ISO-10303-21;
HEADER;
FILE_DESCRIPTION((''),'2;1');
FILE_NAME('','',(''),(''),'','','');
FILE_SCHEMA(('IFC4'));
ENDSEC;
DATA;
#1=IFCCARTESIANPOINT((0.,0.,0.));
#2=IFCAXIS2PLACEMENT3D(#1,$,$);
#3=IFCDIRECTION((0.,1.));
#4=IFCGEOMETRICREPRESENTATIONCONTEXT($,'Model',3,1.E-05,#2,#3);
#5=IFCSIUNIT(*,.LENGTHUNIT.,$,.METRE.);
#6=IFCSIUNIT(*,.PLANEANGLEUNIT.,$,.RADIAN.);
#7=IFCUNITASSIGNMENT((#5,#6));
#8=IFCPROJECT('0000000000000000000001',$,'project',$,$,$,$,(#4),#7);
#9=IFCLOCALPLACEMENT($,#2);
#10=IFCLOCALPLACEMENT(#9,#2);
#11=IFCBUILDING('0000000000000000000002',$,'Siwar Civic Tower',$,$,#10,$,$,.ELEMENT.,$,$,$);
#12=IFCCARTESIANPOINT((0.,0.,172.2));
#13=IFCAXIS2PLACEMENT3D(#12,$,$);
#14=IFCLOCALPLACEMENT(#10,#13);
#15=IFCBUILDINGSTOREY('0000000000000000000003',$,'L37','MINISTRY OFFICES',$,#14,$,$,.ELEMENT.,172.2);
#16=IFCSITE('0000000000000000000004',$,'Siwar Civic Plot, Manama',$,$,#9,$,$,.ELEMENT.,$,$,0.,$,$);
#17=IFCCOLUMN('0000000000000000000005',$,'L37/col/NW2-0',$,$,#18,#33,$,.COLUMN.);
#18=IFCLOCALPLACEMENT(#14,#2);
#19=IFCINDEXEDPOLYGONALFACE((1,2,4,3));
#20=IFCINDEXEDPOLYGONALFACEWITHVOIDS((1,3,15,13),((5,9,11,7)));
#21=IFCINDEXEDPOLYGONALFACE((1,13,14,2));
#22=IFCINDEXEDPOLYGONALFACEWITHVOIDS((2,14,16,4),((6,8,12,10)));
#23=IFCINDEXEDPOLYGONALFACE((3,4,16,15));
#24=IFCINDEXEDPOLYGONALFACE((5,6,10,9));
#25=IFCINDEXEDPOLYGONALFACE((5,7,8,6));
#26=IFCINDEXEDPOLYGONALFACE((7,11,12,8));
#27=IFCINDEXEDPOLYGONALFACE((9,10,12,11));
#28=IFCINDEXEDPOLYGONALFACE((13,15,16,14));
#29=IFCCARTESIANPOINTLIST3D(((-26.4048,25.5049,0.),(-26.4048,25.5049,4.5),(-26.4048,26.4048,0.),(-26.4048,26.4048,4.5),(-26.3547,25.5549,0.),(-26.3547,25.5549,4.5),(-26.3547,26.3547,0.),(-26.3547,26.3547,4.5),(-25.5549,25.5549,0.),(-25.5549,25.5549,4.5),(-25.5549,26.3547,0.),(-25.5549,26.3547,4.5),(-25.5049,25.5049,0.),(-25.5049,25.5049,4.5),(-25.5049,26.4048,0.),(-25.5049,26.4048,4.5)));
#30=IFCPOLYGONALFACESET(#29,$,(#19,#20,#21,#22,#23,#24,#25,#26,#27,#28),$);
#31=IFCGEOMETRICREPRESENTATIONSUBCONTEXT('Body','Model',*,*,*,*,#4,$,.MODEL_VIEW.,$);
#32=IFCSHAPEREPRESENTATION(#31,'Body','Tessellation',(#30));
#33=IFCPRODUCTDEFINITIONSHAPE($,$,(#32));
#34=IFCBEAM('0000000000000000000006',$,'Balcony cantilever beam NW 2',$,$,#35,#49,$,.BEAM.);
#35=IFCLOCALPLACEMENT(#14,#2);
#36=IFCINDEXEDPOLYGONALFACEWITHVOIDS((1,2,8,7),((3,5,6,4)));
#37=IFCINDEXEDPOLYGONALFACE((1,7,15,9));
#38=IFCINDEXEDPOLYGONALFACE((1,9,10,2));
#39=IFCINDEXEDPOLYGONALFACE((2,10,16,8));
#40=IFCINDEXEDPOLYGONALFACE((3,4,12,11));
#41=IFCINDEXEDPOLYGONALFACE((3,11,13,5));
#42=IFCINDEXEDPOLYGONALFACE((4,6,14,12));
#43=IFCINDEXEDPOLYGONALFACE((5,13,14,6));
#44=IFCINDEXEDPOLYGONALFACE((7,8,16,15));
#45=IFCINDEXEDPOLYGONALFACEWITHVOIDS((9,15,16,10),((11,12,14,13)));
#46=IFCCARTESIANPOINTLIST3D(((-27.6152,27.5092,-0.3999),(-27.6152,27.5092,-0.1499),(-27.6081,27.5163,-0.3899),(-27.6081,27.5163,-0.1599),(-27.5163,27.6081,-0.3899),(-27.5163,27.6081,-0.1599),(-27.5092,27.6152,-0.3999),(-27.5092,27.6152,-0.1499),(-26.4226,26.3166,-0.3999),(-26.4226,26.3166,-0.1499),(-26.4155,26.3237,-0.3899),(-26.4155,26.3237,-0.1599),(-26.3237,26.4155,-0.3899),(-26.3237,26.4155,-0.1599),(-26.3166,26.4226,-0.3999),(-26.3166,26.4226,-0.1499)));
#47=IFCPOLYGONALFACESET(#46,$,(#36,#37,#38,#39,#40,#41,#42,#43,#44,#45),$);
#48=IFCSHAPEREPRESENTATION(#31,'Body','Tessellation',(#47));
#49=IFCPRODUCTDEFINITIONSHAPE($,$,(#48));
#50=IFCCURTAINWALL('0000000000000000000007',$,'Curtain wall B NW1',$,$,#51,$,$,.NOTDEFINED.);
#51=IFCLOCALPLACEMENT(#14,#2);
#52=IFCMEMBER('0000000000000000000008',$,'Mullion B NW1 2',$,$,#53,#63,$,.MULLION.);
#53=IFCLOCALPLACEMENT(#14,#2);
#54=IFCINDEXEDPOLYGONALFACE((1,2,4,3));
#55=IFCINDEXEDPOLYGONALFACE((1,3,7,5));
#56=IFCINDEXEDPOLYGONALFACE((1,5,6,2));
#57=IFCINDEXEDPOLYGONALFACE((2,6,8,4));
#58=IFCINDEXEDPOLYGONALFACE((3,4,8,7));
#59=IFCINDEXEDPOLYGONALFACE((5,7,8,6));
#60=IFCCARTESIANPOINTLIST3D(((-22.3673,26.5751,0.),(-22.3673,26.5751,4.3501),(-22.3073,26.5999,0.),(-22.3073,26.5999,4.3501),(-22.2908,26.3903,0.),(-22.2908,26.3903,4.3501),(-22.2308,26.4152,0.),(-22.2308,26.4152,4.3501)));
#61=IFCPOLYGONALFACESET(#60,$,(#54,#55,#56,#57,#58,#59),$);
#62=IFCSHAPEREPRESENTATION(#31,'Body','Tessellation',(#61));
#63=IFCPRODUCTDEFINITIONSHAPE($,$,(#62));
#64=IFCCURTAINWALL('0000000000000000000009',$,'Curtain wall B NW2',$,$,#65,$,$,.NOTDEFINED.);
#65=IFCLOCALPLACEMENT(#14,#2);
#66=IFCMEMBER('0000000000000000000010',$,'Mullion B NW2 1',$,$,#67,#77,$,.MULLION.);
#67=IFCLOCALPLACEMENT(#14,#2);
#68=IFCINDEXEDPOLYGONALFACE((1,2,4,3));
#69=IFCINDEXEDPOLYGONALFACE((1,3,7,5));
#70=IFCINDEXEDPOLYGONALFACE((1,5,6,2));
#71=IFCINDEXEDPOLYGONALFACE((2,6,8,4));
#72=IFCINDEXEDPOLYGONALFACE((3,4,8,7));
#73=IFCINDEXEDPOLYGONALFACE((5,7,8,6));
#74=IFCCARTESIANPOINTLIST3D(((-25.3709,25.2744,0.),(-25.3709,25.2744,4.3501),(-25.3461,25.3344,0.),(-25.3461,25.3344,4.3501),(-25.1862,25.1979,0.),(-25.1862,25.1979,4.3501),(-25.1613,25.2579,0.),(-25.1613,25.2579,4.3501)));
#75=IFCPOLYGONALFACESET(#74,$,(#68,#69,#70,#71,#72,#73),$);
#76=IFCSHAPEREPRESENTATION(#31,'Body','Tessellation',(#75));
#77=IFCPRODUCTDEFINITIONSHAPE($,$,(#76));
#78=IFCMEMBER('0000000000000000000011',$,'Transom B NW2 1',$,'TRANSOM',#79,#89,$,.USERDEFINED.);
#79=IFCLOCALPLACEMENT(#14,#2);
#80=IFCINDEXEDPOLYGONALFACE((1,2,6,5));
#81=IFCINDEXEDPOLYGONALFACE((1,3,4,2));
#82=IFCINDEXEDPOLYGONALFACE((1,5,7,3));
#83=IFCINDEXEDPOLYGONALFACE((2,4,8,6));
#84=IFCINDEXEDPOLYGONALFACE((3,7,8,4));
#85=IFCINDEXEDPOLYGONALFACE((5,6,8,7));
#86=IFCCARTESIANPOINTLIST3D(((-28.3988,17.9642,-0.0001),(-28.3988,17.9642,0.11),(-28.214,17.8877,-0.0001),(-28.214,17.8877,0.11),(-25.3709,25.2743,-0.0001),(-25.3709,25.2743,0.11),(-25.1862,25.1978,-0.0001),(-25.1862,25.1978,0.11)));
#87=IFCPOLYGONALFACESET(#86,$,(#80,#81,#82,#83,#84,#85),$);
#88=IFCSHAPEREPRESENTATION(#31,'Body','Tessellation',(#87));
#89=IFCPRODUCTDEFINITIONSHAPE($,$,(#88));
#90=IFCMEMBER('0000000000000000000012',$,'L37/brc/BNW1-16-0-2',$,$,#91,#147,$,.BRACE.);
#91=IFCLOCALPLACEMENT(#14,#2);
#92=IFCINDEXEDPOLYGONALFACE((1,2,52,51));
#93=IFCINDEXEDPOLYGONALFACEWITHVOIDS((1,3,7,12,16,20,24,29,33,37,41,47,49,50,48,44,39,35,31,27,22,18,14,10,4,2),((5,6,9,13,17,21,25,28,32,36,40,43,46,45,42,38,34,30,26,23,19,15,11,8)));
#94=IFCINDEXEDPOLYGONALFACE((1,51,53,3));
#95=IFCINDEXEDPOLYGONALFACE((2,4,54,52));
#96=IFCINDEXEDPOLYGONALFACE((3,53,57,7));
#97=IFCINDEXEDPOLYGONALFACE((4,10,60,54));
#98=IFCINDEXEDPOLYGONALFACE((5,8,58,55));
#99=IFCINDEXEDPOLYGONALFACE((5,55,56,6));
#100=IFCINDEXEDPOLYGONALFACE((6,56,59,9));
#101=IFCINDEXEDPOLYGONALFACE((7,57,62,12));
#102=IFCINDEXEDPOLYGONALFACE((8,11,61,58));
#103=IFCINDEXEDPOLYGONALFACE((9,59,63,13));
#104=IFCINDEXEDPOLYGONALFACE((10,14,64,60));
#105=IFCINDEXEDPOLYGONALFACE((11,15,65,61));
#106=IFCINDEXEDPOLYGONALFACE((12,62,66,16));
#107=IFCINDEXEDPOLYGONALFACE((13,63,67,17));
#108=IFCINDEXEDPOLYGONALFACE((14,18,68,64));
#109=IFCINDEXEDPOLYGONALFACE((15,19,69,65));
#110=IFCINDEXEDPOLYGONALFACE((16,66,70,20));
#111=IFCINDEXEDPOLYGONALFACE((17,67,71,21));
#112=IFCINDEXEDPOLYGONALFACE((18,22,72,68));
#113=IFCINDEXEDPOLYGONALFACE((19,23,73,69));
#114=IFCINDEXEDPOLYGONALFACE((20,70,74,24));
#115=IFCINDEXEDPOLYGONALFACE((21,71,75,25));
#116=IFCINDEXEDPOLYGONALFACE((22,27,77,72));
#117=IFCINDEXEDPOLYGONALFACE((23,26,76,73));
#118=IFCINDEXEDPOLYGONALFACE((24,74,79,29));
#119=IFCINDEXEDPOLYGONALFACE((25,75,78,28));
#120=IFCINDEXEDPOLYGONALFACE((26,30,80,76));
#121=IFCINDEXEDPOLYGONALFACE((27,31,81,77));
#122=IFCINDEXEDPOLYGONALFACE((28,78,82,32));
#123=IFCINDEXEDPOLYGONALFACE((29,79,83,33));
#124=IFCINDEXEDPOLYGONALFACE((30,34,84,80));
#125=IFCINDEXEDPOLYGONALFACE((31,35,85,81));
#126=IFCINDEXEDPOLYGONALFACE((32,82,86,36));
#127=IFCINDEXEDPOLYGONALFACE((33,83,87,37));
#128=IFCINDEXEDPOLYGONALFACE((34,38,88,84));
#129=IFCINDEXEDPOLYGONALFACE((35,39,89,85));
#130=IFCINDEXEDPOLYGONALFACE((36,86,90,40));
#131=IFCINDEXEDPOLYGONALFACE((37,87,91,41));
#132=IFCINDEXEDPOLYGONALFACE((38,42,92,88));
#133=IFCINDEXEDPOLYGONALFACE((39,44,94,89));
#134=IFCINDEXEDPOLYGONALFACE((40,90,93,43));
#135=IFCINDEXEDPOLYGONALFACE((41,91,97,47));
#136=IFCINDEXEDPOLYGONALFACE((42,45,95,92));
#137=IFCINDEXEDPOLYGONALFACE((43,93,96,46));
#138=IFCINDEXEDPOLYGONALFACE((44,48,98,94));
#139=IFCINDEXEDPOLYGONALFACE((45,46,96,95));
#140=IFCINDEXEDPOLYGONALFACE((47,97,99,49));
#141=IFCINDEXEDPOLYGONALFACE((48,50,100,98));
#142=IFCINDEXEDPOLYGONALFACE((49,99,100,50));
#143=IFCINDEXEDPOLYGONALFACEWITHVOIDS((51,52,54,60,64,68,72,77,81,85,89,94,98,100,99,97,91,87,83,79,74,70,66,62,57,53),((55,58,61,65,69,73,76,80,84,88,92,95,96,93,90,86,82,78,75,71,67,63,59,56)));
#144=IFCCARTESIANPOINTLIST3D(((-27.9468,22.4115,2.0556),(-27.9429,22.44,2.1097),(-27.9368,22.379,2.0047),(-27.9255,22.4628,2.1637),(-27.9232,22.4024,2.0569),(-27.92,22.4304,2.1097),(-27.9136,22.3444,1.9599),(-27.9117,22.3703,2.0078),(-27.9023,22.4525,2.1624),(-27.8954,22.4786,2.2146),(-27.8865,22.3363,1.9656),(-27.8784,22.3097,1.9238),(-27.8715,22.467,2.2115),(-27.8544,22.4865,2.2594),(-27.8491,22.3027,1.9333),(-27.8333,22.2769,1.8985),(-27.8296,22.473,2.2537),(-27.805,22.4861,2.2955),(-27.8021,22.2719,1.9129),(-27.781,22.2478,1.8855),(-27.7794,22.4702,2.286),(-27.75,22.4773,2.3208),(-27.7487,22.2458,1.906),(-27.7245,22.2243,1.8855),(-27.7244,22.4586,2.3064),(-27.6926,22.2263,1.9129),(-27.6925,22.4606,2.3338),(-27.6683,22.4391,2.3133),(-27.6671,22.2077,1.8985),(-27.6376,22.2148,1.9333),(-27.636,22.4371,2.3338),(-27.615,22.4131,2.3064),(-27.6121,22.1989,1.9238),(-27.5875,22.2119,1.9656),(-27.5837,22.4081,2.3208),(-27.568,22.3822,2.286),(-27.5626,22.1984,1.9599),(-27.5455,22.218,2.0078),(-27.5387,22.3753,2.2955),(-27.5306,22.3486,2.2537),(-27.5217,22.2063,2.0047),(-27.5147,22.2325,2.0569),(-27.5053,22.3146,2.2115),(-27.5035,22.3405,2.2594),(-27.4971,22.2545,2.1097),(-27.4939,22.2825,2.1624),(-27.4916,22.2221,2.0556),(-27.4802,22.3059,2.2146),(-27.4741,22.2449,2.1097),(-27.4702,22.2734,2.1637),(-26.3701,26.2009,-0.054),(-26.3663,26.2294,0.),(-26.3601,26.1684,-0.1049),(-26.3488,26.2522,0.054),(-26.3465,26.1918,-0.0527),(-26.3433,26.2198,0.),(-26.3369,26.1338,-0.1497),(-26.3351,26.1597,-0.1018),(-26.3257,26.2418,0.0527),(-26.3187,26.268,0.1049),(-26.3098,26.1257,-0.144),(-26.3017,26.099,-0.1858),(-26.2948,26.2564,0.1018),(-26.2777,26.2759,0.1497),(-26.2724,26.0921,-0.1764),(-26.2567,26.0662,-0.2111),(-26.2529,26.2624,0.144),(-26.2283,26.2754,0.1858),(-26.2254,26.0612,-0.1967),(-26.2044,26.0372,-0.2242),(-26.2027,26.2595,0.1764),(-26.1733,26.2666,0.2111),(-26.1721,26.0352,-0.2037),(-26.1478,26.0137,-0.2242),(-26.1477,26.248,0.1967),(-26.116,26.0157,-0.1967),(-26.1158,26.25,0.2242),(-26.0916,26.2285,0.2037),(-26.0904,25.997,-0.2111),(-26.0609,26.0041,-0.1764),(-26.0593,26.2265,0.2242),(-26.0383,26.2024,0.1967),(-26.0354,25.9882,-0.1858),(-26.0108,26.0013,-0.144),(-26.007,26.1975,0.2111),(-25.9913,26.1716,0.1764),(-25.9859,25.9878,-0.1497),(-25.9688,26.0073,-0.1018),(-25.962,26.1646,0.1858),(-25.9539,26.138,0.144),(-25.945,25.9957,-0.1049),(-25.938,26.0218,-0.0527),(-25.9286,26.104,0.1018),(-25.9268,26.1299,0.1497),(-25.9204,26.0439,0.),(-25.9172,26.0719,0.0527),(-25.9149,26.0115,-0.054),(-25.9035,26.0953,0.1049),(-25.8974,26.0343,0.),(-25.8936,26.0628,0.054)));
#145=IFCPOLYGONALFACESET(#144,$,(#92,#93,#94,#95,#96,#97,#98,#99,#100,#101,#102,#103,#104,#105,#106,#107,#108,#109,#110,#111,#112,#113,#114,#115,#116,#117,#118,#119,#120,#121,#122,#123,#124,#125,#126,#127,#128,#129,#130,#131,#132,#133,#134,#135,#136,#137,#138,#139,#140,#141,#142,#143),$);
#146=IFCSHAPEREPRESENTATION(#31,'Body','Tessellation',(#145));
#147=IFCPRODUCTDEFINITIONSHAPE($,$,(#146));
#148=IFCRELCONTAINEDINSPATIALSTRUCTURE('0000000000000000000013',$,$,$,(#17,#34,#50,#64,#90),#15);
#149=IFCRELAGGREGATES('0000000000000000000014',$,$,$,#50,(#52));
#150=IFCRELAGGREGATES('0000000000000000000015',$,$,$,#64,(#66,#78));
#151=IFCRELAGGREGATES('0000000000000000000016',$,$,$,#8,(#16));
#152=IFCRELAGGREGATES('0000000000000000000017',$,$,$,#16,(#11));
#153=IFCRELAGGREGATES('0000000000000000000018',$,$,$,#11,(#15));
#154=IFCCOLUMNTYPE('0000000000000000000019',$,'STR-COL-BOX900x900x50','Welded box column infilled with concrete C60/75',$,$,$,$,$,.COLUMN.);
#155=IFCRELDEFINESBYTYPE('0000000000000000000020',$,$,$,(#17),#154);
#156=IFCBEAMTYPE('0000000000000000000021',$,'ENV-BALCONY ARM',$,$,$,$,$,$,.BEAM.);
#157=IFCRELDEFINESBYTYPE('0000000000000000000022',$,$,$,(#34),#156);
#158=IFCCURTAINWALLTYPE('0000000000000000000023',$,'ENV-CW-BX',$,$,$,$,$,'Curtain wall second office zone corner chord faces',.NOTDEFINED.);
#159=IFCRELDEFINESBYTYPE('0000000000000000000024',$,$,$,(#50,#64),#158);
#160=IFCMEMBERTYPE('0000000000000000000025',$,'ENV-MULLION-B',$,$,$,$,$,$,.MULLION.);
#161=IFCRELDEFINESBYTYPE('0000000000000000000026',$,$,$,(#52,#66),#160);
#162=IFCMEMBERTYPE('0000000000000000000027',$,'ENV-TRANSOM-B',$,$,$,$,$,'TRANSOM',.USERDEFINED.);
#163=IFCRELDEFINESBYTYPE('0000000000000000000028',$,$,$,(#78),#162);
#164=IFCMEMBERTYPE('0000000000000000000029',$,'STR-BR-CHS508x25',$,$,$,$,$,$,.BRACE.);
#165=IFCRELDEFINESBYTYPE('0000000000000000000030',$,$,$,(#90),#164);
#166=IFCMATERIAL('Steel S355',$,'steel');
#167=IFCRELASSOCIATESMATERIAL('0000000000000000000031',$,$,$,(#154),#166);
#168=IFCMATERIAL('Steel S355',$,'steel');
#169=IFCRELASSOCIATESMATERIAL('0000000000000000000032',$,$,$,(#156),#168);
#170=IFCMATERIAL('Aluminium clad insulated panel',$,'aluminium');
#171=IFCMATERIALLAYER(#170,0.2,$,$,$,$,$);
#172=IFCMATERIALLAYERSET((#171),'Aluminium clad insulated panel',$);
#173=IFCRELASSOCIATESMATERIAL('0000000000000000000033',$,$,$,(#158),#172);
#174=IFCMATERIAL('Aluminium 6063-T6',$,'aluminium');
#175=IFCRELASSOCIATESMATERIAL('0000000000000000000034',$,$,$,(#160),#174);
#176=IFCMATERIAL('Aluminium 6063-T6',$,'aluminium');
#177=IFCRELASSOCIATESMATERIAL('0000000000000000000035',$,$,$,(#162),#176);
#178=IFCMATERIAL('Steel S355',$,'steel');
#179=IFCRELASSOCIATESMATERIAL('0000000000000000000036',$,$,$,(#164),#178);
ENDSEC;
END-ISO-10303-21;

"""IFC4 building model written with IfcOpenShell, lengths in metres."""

from ifc_helpers import new_model, si_unit, direction, frame, origin, origin_2d, place, context, subcontext, project, spatial, rectangle, hollow_rectangle, hollow_circle, extrude, material, layer, layer_set, material_profile, profile_set, type_object, element, aggregate, save


model = new_model("IFC4")

# Units and contexts
model_context = context("Model", 3, precision=1e-05, world=origin(), true_north=direction((0.0, 1.0)))
body_context = subcontext(model_context, "Body", "Model", "MODEL_VIEW")
ifc_project = project(units=[si_unit("LENGTHUNIT", "METRE"), si_unit("PLANEANGLEUNIT", "RADIAN")], contexts=[model_context])

# Site, building, storey
site_placement = place(None, origin())
site = spatial("IfcSite", under=ifc_project, at=site_placement, Name="Siwar Civic Plot, Manama", CompositionType="ELEMENT", RefElevation=0.0)
building_placement = place(site_placement, origin())
building = spatial("IfcBuilding", under=site, at=building_placement, Name="Siwar Civic Tower", CompositionType="ELEMENT")
storey_placement = place(building_placement, frame((0.0, 0.0, 172.2)))
storey = spatial("IfcBuildingStorey", under=building, at=storey_placement, Name="L37", Description="MINISTRY OFFICES", CompositionType="ELEMENT", Elevation=172.2)

# Column
ifc_material_1 = material(Name="Steel S355", Category="steel")
ifc_material_profile_1 = material_profile(ifc_material_1, hollow_rectangle(XDim=0.8999, YDim=0.8999, WallThickness=0.05, at=origin_2d()), Name="BOX900x900x50")
ifc_profile_set_1 = profile_set([ifc_material_profile_1], Name="Steel S355")
column_type = type_object("IfcColumnType", Name="STR-COL-BOX900x900x50", Description="Welded box column infilled with concrete C60/75", PredefinedType="COLUMN", material=ifc_profile_set_1)
column_placement = place(storey_placement, frame((-25.9548, 25.9548, 0.0), z_axis=(0.0, 0.0, 1.0), x_axis=(1.0, 0.0, 0.0)))
element("IfcColumn", 1, at=column_placement, inside=storey, type_object=column_type, Name="L37/col/NW2-0", PredefinedType="COLUMN", context=body_context, shape_type="SweptSolid", body=[
    extrude(hollow_rectangle(XDim=0.8999, YDim=0.8999, WallThickness=0.05, at=origin_2d()), origin(), (0.0, 0.0, 1.0), 4.5),
])

# Beam
ifc_material_2 = material(Name="Steel S355", Category="steel")
ifc_material_profile_2 = material_profile(ifc_material_2, hollow_rectangle(XDim=0.1499, YDim=0.25, WallThickness=0.01, at=origin_2d()), Name="RHS250x150x10")
ifc_profile_set_2 = profile_set([ifc_material_profile_2], Name="Steel S355")
beam_type_1 = type_object("IfcBeamType", Name="ENV-BALCONY ARM", PredefinedType="BEAM", material=ifc_profile_set_2)
beam_1_placement = place(storey_placement, frame((-26.3696, 26.3696, -0.2749), z_axis=(-0.707107, 0.707107, 0.0), x_axis=(-0.707107, -0.707107, 0.0)))
element("IfcBeam", 2, at=beam_1_placement, inside=storey, type_object=beam_type_1, Name="Balcony cantilever beam NW 2", PredefinedType="BEAM", context=body_context, shape_type="SweptSolid", body=[
    extrude(hollow_rectangle(XDim=0.1499, YDim=0.25, WallThickness=0.01, at=origin_2d()), origin(), (0.0, 0.0, 1.0), 1.6865),
])

# Curtain wall, member
ifc_material_3 = material(Name="Aluminium clad insulated panel", Category="aluminium")
ifc_layer_1 = layer(ifc_material_3, 0.2)
ifc_layer_set_1 = layer_set([ifc_layer_1], Name="Aluminium clad insulated panel")
curtain_wall_type = type_object("IfcCurtainWallType", Name="ENV-CW-BX", ElementType="Curtain wall second office zone corner chord faces", PredefinedType="NOTDEFINED", material=ifc_layer_set_1)
curtain_wall_1_placement = place(storey_placement, origin())
curtain_wall_1 = element("IfcCurtainWall", 3, at=curtain_wall_1_placement, inside=storey, type_object=curtain_wall_type, Name="Curtain wall B NW1", PredefinedType="NOTDEFINED")
ifc_material_4 = material(Name="Aluminium 6063-T6", Category="aluminium")
ifc_material_profile_3 = material_profile(ifc_material_4, rectangle(XDim=0.2, YDim=0.0649, at=origin_2d()), Name="AL 200x65")
ifc_profile_set_3 = profile_set([ifc_material_profile_3], Name="Aluminium 6063-T6")
member_type_1 = type_object("IfcMemberType", Name="ENV-MULLION-B", PredefinedType="MULLION", material=ifc_profile_set_3)
member_1_placement = place(storey_placement, frame((-22.2991, 26.4951, 0.0), z_axis=(0.0, 0.0, 1.0), x_axis=(0.382683, -0.92388, 0.0)))
member_1 = element("IfcMember", 4, at=member_1_placement, type_object=member_type_1, Name="Mullion B NW1 2", PredefinedType="MULLION", context=body_context, shape_type="SweptSolid", body=[
    extrude(rectangle(XDim=0.2, YDim=0.0649, at=origin_2d()), origin(), (0.0, 0.0, 1.0), 4.3501),
])

# Curtain wall, members
curtain_wall_2_placement = place(storey_placement, origin())
curtain_wall_2 = element("IfcCurtainWall", 5, at=curtain_wall_2_placement, inside=storey, type_object=curtain_wall_type, Name="Curtain wall B NW2", PredefinedType="NOTDEFINED")
member_2_placement = place(storey_placement, frame((-25.2661, 25.2661, 0.0), z_axis=(0.0, 0.0, 1.0), x_axis=(0.92388, -0.382683, 0.0)))
member_2 = element("IfcMember", 6, at=member_2_placement, type_object=member_type_1, Name="Mullion B NW2 1", PredefinedType="MULLION", context=body_context, shape_type="SweptSolid", body=[
    extrude(rectangle(XDim=0.2, YDim=0.0649, at=origin_2d()), origin(), (0.0, 0.0, 1.0), 4.3501),
])
ifc_material_5 = material(Name="Aluminium 6063-T6", Category="aluminium")
ifc_material_profile_4 = material_profile(ifc_material_5, rectangle(XDim=0.2, YDim=0.1101, at=origin_2d()), Name="AL 200x110")
ifc_profile_set_4 = profile_set([ifc_material_profile_4], Name="Aluminium 6063-T6")
member_type_2 = type_object("IfcMemberType", Name="ENV-TRANSOM-B", ElementType="TRANSOM", PredefinedType="USERDEFINED", material=ifc_profile_set_4)
member_3_placement = place(storey_placement, frame((-25.2786, 25.2361, 0.0549), z_axis=(-0.382673, -0.923884, 0.0), x_axis=(0.923884, -0.382673, 0.0)))
member_3 = element("IfcMember", 7, at=member_3_placement, type_object=member_type_2, Name="Transom B NW2 1", ObjectType="TRANSOM", PredefinedType="USERDEFINED", context=body_context, shape_type="SweptSolid", body=[
    extrude(rectangle(XDim=0.2, YDim=0.1101, at=origin_2d()), origin(), (0.0, 0.0, 1.0), 7.9124),
])

# Member
ifc_material_6 = material(Name="Steel S355", Category="steel")
ifc_material_profile_5 = material_profile(ifc_material_6, hollow_circle(Radius=0.2539, WallThickness=0.0249, at=origin_2d()), Name="CHS508x25")
ifc_profile_set_5 = profile_set([ifc_material_profile_5], Name="Steel S355")
member_type_3 = type_object("IfcMemberType", Name="STR-BR-CHS508x25", PredefinedType="BRACE", material=ifc_profile_set_5)
member_4_placement = place(storey_placement, frame((-26.1318, 26.1318, 0.0), z_axis=(-0.341662, -0.821143, 0.457155), x_axis=(0.923269, -0.384155, 0.0)))
element("IfcMember", 8, at=member_4_placement, inside=storey, type_object=member_type_3, Name="L37/brc/BNW1-16-0-2", PredefinedType="BRACE", context=body_context, shape_type="SweptSolid", body=[
    extrude(hollow_circle(Radius=0.2539, WallThickness=0.0249, at=origin_2d()), origin(), (0.0, 0.0, 1.0), 4.6147),
])

aggregate(curtain_wall_1, [member_1])
aggregate(curtain_wall_2, [member_2, member_3])

save(model, "model.ifc")
